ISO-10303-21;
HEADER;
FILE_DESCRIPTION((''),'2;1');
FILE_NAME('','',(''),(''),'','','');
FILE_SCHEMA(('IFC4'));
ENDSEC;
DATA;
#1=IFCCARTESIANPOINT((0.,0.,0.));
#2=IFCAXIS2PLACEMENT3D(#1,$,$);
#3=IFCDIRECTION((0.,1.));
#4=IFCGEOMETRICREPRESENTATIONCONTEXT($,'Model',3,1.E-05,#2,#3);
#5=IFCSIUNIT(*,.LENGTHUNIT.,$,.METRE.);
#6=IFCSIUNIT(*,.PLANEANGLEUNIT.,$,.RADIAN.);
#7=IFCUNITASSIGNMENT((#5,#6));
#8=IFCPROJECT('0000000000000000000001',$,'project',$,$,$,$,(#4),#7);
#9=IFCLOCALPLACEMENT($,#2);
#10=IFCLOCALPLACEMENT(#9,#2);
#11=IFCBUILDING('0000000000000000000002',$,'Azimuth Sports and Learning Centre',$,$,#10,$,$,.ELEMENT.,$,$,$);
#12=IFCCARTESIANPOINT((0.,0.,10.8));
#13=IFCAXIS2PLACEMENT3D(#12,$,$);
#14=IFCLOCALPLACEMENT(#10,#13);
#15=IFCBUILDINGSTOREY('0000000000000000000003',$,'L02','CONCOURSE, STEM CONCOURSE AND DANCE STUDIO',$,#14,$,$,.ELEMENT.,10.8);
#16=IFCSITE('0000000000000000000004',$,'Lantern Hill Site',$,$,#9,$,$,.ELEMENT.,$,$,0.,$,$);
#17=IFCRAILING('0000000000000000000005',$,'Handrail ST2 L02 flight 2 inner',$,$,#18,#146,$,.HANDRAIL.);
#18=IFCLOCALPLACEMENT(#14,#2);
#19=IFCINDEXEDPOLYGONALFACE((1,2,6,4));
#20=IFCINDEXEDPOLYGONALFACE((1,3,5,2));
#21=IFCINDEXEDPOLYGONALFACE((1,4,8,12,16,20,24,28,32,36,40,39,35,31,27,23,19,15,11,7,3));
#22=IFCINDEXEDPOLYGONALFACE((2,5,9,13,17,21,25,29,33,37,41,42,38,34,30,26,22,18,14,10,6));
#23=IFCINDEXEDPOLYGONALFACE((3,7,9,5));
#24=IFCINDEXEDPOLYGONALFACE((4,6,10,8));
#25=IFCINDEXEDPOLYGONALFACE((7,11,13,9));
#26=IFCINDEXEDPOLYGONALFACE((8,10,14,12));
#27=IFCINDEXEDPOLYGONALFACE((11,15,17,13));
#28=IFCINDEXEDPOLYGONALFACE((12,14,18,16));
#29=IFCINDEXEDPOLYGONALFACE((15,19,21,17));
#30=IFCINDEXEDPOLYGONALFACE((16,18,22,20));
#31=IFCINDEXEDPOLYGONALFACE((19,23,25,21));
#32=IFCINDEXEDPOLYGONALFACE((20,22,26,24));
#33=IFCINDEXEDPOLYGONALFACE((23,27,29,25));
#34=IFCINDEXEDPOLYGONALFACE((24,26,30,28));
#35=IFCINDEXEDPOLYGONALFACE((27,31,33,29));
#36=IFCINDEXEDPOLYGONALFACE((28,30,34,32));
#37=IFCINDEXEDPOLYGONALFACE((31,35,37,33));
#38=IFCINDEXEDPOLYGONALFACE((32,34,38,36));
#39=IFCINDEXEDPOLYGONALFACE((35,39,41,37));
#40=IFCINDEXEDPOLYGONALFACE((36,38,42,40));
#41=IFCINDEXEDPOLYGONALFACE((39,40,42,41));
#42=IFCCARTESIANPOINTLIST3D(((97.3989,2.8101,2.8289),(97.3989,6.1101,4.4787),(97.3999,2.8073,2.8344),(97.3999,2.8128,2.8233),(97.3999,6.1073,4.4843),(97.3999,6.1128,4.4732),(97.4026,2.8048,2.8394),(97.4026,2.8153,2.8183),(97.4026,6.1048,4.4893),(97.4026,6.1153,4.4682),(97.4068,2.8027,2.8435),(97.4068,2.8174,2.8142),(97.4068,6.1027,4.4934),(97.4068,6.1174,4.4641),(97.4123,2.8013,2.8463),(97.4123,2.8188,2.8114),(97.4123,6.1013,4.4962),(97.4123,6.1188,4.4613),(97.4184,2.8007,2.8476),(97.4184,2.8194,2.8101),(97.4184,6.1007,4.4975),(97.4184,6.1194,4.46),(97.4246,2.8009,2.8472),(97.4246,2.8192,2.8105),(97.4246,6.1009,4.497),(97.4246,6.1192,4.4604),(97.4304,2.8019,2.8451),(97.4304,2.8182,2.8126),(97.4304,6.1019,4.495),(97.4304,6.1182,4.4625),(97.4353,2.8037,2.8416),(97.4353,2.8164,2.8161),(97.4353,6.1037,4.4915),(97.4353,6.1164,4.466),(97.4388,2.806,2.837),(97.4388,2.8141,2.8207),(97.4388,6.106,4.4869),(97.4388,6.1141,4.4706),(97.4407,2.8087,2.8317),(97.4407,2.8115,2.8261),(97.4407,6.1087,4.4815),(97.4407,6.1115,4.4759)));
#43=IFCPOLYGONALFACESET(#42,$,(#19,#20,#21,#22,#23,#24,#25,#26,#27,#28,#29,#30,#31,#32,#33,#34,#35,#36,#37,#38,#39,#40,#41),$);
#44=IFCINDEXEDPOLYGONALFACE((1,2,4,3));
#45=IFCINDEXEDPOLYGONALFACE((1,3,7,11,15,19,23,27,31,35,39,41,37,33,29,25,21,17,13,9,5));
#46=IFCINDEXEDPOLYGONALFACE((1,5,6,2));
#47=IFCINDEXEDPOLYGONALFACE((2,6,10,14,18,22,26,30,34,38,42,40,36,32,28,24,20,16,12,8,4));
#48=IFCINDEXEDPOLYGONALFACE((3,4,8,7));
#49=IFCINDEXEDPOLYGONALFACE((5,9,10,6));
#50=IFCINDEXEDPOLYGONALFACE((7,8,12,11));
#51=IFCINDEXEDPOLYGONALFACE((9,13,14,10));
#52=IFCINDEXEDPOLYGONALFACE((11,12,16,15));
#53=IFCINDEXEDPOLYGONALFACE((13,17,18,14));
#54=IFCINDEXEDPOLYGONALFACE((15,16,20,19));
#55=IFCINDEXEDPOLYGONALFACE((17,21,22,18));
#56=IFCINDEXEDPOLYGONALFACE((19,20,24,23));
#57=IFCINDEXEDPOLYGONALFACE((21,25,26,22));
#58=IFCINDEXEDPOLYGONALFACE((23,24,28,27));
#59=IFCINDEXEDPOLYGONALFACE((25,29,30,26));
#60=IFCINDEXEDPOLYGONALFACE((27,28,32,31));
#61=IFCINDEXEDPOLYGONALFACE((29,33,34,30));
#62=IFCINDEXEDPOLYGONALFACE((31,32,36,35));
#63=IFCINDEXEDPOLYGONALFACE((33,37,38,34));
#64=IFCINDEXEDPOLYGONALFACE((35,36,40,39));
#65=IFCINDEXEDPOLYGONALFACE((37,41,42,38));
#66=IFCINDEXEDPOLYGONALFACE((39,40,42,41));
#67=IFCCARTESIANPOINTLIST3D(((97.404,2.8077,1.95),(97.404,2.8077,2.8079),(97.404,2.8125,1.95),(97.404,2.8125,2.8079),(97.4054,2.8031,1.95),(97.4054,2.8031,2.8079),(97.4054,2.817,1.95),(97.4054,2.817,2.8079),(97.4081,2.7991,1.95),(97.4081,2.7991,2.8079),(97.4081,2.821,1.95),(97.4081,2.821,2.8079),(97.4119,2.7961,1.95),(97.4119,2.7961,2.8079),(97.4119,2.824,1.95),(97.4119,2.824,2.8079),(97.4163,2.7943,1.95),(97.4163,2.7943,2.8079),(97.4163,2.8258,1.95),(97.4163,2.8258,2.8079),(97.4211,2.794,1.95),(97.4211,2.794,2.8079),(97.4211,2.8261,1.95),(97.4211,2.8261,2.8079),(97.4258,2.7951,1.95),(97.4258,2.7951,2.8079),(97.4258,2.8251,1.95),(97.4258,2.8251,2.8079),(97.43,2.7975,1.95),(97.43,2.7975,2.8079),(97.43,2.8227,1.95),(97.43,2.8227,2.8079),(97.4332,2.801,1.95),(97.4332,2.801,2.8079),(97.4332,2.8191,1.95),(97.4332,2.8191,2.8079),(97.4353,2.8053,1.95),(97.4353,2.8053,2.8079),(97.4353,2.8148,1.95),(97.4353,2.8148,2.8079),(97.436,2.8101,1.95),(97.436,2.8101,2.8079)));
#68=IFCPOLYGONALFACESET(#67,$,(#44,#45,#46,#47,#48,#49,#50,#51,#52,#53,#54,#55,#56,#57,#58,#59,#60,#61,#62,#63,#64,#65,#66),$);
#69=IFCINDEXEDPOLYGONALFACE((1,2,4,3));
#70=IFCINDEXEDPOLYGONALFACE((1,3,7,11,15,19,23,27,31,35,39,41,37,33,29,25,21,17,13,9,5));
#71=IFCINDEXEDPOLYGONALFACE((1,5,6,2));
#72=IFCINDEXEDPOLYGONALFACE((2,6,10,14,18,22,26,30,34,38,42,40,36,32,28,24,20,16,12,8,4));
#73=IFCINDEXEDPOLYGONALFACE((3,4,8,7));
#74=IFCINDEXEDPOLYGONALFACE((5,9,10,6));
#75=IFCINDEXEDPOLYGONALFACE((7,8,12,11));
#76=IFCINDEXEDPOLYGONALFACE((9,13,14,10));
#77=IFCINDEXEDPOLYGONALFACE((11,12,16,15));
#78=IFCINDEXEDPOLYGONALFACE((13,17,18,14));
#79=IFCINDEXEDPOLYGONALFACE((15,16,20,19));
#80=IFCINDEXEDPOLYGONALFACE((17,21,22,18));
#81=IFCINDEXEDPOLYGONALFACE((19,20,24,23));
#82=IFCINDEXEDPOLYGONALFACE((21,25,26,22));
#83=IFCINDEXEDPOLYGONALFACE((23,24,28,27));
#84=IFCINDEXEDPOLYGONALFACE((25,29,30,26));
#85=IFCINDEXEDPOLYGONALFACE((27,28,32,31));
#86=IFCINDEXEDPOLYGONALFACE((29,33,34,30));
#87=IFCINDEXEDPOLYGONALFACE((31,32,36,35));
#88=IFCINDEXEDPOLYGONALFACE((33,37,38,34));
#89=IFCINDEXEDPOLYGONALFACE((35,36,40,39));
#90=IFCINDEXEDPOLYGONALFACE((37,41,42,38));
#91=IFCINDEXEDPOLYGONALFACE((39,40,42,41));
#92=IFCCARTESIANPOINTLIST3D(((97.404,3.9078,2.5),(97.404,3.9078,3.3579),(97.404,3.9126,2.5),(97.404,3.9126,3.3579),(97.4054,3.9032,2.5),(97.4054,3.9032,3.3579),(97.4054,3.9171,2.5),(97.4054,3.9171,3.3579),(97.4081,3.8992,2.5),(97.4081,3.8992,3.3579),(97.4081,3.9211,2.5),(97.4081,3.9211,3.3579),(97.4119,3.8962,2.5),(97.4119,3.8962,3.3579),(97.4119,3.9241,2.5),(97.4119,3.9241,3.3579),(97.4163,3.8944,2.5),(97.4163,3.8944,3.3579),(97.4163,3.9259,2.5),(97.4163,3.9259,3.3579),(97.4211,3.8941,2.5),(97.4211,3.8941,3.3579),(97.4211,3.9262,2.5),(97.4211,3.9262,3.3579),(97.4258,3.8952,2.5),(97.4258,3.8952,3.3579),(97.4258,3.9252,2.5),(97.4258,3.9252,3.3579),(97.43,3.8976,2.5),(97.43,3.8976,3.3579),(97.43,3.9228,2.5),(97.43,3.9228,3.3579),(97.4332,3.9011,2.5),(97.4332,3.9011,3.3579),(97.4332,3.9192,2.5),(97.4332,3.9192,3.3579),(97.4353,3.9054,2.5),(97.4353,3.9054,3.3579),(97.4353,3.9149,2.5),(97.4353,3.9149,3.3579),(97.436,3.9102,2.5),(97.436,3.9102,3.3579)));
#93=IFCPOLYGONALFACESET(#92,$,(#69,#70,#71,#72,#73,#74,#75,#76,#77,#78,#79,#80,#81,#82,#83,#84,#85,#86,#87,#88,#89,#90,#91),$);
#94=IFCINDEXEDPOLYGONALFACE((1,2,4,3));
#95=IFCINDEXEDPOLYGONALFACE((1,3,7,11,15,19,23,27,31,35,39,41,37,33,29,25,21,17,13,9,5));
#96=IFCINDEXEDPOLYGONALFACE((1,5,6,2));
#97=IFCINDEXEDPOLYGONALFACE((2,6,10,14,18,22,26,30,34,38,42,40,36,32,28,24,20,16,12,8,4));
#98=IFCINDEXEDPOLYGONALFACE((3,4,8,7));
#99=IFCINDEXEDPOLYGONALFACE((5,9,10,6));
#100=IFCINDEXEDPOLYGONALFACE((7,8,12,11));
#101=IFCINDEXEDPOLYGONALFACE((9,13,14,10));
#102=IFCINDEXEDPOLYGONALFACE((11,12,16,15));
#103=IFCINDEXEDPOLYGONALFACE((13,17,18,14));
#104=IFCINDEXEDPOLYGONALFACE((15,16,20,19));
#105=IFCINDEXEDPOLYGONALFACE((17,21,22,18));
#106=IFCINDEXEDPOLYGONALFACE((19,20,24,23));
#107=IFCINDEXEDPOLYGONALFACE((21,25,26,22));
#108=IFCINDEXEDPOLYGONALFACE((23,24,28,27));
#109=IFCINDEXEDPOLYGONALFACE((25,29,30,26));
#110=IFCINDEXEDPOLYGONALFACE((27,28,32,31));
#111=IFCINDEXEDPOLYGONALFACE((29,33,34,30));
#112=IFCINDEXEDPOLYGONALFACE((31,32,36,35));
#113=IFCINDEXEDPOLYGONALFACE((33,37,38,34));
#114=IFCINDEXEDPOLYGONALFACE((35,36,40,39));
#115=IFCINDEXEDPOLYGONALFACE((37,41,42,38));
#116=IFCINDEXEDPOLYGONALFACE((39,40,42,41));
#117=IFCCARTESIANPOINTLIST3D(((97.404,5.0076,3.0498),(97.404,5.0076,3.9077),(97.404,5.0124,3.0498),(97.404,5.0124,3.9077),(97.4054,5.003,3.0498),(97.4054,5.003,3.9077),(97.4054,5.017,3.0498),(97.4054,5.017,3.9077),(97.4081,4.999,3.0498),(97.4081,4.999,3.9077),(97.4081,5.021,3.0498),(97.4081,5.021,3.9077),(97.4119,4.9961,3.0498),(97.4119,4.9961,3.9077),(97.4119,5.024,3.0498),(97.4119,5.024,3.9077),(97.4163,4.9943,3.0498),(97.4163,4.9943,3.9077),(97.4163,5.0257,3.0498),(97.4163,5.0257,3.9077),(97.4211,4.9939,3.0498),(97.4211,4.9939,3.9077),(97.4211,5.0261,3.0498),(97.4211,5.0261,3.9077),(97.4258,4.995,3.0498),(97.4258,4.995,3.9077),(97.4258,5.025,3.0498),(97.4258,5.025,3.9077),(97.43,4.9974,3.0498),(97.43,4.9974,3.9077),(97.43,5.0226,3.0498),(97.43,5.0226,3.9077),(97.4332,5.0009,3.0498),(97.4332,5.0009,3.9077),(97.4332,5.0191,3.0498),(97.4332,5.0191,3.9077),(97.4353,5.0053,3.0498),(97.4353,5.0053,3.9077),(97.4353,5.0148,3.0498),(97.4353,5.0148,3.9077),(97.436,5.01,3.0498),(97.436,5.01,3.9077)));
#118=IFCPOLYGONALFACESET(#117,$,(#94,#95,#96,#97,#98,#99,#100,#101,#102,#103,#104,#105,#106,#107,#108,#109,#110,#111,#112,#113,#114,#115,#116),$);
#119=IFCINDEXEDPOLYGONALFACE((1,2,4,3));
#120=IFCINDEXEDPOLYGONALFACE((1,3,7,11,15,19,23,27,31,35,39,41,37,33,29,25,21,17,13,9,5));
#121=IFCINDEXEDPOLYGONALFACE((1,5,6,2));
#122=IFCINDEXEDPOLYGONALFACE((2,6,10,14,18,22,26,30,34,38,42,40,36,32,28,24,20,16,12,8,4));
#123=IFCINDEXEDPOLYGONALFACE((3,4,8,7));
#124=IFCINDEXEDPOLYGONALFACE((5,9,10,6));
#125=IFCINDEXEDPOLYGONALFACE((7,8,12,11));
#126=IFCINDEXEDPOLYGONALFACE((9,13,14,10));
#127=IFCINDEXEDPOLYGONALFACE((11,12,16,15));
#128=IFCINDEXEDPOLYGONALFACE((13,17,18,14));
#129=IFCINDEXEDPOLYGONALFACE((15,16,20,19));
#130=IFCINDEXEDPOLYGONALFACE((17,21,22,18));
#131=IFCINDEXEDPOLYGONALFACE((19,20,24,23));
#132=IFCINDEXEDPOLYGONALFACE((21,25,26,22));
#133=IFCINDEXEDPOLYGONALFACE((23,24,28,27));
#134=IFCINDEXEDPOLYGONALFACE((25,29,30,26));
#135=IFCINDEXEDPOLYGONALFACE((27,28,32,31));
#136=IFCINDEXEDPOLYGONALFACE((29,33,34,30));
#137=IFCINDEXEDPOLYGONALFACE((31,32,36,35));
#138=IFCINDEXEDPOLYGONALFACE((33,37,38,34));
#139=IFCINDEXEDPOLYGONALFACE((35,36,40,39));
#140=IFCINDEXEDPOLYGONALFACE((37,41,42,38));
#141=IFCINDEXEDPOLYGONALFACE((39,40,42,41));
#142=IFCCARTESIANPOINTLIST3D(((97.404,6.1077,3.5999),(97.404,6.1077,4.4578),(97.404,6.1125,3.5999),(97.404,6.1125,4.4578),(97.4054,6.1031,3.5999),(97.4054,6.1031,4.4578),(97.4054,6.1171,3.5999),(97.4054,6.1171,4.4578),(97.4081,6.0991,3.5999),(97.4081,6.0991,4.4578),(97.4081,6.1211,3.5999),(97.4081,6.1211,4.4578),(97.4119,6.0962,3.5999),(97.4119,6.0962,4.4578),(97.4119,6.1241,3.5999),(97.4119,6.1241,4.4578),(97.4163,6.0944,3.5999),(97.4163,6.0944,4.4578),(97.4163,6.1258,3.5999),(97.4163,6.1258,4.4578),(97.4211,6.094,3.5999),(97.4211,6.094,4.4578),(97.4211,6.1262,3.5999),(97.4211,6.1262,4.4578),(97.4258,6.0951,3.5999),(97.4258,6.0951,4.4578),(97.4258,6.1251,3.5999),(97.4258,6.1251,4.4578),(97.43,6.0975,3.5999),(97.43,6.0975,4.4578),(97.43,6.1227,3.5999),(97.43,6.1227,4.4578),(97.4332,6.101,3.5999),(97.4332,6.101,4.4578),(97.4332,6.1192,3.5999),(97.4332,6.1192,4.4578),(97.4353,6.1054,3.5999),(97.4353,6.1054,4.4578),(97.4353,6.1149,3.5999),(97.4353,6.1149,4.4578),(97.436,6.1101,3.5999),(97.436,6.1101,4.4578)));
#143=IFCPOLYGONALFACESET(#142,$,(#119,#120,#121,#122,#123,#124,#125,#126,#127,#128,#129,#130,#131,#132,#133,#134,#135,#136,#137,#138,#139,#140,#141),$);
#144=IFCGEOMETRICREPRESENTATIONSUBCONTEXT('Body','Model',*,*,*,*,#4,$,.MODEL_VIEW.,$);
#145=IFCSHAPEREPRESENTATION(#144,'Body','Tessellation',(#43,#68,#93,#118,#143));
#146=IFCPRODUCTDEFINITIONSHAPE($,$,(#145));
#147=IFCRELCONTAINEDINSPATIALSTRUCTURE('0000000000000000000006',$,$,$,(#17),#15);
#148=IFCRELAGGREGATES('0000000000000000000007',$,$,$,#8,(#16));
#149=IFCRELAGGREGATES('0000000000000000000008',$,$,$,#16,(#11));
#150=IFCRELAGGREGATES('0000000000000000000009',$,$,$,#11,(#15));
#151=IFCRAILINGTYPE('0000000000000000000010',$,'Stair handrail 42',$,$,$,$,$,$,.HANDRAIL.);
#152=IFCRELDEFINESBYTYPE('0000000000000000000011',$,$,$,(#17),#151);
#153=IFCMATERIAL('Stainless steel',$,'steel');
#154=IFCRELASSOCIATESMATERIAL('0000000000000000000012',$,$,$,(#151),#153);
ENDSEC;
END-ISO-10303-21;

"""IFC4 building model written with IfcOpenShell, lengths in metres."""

from ifc_helpers import new_model, si_unit, direction, frame, origin, origin_2d, place, context, subcontext, project, spatial, circle, extrude, material, type_object, element, save


model = new_model("IFC4")

# Units and contexts
model_context = context("Model", 3, precision=1e-05, world=origin(), true_north=direction((0.0, 1.0)))
body_context = subcontext(model_context, "Body", "Model", "MODEL_VIEW")
ifc_project = project(units=[si_unit("LENGTHUNIT", "METRE"), si_unit("PLANEANGLEUNIT", "RADIAN")], contexts=[model_context])

# Site, building, storey
site_placement = place(None, origin())
site = spatial("IfcSite", under=ifc_project, at=site_placement, Name="Lantern Hill Site", CompositionType="ELEMENT", RefElevation=0.0)
building_placement = place(site_placement, origin())
building = spatial("IfcBuilding", under=site, at=building_placement, Name="Azimuth Sports and Learning Centre", CompositionType="ELEMENT")
storey_placement = place(building_placement, frame((0.0, 0.0, 10.8)))
storey = spatial("IfcBuildingStorey", under=building, at=storey_placement, Name="L02", Description="CONCOURSE, STEM CONCOURSE AND DANCE STUDIO", CompositionType="ELEMENT", Elevation=10.8)

# Railing
ifc_material_1 = material(Name="Stainless steel", Category="steel")
railing_type_1 = type_object("IfcRailingType", Name="Stair handrail 42", PredefinedType="HANDRAIL", material=ifc_material_1)
for number, where, name in (
    (1, (97.4199, 2.8101, 1.95), "Handrail ST2 L02 flight 2 inner"),
):
    element("IfcRailing", number, at=place(storey_placement, frame(where)), inside=storey, type_object=railing_type_1, Name=name, PredefinedType="HANDRAIL", context=body_context, shape_type="SweptSolid", body=[
        extrude(circle(Radius=0.021, at=origin_2d()), frame((0.0, 0.0, 0.8789), z_axis=(0.0, 0.89444, 0.447187), x_axis=(-1.0, 0.0, 0.0)), (0.0, 0.0, 1.0), 3.6895),
        extrude(circle(Radius=0.0161, at=origin_2d()), origin(), (0.0, 0.0, 1.0), 0.8579),
        extrude(circle(Radius=0.0161, at=origin_2d()), frame((0.0, 1.1001, 0.55)), (0.0, 0.0, 1.0), 0.8579),
        extrude(circle(Radius=0.0161, at=origin_2d()), frame((0.0, 2.2, 1.0999)), (0.0, 0.0, 1.0), 0.8579),
        extrude(circle(Radius=0.0161, at=origin_2d()), frame((0.0, 3.3, 1.6499)), (0.0, 0.0, 1.0), 0.8579),
    ])

save(model, "model.ifc")
